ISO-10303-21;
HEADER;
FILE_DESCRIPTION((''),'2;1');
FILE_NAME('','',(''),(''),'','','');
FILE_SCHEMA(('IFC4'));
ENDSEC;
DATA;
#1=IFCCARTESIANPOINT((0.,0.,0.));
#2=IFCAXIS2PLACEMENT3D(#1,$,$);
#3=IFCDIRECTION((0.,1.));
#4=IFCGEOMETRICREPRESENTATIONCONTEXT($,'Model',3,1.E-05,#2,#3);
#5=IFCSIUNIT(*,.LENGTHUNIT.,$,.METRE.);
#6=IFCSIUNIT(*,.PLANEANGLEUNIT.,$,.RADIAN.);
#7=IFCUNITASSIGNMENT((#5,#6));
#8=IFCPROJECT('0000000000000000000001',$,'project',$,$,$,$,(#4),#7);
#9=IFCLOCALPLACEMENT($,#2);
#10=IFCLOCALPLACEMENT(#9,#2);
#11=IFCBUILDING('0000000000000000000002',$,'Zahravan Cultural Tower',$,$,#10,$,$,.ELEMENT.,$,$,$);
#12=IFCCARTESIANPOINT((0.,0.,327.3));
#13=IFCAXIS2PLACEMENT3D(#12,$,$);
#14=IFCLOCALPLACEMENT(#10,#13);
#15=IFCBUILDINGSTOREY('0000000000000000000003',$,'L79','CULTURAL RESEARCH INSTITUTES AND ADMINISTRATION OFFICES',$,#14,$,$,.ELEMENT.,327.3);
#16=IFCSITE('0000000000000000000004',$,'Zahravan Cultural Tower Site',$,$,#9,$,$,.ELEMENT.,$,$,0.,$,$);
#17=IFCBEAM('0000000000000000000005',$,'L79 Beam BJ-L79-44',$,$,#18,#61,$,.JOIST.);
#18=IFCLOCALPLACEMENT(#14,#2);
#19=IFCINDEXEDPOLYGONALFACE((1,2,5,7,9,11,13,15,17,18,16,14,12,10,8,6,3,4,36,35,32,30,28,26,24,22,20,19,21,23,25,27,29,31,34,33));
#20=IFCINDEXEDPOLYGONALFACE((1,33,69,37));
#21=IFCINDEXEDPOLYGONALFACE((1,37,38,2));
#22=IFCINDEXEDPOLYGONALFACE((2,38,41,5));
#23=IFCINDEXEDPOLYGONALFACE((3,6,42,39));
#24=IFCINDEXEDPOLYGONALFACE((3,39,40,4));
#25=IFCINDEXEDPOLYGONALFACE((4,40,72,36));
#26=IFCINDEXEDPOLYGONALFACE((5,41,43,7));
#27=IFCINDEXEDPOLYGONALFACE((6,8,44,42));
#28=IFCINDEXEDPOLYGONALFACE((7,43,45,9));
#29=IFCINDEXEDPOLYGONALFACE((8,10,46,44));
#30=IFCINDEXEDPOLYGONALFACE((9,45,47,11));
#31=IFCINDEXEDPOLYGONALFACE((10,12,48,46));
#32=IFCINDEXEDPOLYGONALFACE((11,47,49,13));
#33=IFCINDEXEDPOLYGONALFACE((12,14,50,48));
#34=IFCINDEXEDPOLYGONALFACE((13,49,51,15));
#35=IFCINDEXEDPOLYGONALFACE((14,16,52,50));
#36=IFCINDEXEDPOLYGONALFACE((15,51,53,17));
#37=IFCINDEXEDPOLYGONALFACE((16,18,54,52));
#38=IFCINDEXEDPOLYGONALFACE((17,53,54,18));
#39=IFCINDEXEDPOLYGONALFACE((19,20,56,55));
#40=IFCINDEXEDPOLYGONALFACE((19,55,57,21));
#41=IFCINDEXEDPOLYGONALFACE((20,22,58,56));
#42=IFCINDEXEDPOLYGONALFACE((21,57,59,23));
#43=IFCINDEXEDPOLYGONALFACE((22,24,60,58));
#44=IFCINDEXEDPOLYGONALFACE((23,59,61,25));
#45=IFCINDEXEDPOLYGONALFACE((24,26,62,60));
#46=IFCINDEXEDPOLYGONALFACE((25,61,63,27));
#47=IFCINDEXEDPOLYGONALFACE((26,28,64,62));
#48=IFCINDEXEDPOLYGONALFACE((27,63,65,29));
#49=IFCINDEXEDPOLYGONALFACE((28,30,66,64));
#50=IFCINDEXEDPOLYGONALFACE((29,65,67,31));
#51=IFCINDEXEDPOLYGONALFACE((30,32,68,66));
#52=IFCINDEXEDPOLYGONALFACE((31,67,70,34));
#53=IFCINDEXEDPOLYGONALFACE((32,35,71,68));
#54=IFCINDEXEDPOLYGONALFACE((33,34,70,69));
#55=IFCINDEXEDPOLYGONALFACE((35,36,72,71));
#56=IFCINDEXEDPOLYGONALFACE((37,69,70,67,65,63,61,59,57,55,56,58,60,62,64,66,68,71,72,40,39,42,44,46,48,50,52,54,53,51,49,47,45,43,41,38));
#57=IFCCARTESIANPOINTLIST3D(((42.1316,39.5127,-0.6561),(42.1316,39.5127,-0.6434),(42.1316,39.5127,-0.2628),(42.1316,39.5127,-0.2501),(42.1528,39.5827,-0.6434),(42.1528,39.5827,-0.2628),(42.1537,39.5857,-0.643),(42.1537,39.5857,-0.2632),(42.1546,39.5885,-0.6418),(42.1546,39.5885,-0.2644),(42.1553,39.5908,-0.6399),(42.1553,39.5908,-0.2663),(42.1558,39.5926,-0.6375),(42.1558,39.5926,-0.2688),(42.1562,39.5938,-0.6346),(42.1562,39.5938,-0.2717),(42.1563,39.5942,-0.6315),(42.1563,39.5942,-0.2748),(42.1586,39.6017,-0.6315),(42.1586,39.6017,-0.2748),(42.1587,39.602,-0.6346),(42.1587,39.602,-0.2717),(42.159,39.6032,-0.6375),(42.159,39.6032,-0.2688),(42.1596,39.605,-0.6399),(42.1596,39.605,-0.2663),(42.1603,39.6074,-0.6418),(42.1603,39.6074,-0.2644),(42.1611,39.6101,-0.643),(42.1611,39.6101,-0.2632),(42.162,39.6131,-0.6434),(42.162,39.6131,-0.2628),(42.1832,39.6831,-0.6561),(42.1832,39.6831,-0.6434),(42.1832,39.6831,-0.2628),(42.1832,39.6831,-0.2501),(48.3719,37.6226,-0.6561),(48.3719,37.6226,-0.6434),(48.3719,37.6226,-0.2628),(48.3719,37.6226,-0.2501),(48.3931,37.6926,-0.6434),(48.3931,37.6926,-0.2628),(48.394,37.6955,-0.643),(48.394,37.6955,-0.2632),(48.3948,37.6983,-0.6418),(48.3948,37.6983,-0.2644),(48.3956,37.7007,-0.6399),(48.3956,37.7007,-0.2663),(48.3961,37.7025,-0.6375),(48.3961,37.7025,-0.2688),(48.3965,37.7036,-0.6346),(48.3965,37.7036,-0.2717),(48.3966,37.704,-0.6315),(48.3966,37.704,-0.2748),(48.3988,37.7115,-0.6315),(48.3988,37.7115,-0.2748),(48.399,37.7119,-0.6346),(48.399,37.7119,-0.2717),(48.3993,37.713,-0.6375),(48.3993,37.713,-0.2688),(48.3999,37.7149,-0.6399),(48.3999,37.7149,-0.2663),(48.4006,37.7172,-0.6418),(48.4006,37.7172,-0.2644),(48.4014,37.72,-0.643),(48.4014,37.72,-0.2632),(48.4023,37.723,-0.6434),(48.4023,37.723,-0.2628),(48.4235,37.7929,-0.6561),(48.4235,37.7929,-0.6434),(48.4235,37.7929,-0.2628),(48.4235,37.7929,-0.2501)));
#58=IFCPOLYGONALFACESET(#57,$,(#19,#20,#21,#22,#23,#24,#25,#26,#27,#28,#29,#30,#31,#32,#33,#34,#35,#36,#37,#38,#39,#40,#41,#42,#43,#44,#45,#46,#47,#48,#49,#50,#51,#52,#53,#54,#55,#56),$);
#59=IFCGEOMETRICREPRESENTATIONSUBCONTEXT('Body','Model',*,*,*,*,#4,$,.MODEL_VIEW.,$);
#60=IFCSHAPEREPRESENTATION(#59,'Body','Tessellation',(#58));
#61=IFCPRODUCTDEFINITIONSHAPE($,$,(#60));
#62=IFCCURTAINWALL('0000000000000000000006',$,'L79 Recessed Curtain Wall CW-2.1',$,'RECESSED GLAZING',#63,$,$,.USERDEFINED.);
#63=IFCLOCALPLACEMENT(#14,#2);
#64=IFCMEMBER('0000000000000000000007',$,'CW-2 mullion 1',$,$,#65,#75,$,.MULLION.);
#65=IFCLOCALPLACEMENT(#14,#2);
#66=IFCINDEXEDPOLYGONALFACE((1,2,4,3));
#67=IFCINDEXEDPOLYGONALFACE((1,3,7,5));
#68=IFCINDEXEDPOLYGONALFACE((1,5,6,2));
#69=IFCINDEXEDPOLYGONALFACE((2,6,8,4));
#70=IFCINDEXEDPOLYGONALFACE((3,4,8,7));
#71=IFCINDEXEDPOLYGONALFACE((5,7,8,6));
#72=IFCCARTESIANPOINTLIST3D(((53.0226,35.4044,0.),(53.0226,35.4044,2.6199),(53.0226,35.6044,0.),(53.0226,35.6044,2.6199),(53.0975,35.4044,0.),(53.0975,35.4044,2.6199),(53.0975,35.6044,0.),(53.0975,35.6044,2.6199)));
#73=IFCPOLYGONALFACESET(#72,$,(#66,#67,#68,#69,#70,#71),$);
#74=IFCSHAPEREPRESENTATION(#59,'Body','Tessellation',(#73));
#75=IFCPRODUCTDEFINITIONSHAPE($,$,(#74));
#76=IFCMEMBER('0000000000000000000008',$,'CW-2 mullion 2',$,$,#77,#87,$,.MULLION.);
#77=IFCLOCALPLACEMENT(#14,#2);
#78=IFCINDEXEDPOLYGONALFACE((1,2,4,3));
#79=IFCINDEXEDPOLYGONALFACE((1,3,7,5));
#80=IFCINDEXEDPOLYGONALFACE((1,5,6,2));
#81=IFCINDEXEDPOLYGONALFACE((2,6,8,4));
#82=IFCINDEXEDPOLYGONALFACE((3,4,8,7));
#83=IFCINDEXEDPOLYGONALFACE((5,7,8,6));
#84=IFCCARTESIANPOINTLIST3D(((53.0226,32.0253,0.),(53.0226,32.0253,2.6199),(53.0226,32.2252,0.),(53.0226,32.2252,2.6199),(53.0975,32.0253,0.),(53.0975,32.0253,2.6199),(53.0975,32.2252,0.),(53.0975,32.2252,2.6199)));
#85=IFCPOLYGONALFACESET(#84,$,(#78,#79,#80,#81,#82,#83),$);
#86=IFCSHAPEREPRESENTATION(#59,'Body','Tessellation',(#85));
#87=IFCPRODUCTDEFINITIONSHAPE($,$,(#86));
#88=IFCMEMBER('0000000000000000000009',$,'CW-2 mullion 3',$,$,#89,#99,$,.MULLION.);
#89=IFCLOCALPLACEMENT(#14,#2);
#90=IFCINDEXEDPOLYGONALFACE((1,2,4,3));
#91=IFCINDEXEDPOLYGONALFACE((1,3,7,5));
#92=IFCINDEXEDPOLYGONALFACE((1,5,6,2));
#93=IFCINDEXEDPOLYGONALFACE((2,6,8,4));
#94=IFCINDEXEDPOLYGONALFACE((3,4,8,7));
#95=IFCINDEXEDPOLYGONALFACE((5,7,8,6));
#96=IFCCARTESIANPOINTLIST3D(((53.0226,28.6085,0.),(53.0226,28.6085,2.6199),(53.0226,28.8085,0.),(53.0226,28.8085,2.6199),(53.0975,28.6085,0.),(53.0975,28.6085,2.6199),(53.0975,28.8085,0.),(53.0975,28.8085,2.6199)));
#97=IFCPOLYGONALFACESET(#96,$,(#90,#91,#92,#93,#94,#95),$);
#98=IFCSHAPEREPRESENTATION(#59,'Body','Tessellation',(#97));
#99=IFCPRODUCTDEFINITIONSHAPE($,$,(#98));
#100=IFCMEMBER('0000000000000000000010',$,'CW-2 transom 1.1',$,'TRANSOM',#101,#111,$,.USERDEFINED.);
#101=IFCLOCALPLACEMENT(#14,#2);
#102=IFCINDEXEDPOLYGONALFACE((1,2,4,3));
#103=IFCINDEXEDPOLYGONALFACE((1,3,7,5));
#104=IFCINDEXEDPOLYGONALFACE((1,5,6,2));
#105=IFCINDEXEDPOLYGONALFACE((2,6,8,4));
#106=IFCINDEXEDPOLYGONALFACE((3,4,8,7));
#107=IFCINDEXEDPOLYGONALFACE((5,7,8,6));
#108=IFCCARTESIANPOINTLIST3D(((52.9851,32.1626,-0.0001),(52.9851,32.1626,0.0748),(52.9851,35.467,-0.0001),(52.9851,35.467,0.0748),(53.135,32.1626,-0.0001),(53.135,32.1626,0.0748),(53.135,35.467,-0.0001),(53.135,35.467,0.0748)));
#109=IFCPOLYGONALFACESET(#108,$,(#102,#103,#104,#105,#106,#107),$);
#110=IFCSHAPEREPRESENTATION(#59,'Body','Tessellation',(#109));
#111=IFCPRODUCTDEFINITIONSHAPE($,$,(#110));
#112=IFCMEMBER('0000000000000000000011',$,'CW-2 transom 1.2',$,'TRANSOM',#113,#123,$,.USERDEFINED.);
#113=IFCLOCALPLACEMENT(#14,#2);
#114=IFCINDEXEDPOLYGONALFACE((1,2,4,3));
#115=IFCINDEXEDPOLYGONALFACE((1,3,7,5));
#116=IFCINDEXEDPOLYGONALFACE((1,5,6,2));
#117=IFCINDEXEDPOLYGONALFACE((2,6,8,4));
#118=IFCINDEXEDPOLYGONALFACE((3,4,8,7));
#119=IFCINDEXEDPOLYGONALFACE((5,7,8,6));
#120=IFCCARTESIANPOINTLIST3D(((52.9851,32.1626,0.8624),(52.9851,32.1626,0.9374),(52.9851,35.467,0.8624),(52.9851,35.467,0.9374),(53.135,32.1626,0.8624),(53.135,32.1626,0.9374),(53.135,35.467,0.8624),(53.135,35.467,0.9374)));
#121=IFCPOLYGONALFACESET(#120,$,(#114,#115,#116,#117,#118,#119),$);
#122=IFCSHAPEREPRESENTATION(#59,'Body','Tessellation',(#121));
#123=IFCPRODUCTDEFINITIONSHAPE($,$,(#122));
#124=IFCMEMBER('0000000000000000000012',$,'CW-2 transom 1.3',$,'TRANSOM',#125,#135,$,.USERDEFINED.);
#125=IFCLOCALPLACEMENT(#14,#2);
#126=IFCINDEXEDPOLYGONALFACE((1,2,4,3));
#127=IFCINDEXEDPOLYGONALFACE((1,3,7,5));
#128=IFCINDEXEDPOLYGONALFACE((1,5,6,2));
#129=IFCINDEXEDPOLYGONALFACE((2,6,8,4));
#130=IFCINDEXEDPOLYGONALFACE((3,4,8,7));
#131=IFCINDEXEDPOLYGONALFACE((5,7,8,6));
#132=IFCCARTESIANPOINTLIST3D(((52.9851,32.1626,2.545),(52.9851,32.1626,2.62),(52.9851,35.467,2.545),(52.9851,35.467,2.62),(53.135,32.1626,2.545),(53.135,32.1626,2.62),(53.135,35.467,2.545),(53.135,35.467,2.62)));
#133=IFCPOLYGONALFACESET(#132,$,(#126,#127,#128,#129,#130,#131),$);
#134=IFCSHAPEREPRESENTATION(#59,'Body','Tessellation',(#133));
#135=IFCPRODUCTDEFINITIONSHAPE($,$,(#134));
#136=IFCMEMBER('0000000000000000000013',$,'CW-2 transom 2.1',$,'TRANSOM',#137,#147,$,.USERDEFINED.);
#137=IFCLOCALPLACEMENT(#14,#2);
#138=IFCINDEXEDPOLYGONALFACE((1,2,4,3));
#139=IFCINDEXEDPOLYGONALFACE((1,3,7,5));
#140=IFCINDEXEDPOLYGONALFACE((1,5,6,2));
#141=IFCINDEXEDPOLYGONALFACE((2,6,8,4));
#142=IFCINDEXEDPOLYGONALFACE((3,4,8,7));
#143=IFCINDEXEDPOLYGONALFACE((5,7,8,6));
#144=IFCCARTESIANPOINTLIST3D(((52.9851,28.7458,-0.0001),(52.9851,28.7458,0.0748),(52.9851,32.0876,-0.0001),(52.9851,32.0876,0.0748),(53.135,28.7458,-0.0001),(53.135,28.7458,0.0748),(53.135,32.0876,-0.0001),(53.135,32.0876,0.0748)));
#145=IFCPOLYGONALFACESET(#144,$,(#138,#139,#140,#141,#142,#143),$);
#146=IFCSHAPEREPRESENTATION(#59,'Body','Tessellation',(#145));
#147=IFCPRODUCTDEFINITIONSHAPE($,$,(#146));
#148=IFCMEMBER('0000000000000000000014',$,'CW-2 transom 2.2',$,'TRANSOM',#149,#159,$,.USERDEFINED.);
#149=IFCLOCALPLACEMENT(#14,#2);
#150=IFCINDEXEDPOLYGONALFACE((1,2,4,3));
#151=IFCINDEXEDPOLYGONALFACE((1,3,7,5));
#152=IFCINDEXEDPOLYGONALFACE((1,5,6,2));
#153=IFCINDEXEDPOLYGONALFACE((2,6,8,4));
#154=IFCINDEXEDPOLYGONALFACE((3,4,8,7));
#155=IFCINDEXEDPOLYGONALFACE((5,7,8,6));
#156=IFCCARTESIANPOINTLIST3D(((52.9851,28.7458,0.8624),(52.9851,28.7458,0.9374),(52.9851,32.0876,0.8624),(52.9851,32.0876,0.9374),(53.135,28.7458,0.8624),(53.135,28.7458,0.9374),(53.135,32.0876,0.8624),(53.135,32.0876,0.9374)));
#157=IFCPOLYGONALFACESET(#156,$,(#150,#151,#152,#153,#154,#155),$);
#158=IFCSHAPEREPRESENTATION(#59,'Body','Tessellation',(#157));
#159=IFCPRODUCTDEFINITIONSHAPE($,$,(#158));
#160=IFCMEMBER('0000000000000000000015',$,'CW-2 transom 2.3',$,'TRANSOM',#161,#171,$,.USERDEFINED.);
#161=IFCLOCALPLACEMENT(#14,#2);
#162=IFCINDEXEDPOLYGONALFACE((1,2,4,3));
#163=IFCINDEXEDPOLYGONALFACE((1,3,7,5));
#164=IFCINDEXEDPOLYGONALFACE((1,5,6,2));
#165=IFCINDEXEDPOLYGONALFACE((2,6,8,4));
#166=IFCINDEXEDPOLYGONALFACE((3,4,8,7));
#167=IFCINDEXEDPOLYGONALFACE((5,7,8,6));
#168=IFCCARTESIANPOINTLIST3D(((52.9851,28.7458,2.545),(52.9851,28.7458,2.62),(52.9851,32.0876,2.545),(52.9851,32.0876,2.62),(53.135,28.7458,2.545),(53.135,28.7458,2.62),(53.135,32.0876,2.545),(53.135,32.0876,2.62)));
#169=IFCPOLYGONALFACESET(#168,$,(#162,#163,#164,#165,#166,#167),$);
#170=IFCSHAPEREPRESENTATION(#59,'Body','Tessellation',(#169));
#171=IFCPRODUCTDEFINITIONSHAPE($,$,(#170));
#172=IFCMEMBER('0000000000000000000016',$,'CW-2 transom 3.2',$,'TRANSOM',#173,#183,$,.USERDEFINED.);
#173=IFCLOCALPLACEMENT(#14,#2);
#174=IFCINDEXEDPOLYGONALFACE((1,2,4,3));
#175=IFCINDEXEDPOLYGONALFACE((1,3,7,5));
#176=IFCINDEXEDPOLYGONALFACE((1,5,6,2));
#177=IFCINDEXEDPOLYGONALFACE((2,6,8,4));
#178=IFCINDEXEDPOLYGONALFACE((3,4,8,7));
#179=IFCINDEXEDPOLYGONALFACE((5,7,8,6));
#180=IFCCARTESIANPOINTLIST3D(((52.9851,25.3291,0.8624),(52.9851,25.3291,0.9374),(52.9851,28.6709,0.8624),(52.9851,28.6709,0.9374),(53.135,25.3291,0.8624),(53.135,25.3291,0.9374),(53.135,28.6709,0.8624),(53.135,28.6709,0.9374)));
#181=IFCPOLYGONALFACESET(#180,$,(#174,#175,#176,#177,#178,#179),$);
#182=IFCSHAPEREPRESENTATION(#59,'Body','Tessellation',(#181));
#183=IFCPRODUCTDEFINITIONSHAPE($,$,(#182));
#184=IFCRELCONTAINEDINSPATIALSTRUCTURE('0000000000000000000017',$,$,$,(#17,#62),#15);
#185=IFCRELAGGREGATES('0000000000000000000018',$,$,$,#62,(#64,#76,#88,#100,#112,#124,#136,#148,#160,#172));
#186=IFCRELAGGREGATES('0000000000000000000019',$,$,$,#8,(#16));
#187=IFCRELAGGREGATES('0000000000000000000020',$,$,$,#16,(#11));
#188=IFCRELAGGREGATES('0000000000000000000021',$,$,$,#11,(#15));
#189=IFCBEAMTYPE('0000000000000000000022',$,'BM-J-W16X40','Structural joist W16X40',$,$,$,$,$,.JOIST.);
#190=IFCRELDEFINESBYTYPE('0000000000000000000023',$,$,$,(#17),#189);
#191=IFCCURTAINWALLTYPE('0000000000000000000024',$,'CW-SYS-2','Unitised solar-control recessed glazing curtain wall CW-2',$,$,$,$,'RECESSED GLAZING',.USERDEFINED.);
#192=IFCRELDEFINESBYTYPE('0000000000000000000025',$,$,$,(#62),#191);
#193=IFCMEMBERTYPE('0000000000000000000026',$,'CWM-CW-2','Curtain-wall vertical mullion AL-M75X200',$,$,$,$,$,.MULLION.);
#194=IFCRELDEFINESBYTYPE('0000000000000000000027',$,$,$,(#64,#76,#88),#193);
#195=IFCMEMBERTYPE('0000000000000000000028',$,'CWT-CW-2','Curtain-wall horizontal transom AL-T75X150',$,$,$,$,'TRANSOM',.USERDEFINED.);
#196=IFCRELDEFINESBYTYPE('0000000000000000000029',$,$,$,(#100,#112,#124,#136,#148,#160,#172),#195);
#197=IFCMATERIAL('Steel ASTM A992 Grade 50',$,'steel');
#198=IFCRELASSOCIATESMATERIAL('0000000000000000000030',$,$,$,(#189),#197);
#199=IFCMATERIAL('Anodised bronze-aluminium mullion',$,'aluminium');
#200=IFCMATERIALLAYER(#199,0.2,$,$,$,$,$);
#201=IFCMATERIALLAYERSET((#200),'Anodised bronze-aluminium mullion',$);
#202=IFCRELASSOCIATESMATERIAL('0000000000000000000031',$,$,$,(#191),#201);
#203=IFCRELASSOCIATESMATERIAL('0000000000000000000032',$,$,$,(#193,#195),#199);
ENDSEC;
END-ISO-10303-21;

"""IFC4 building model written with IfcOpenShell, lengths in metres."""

from ifc_helpers import new_model, si_unit, direction, frame, origin, origin_2d, place, context, subcontext, project, spatial, rectangle, i_section, extrude, source, transform, mapped, material, layer, layer_set, material_profile, profile_set, type_object, element, aggregate, save


model = new_model("IFC4")

# Units and contexts
model_context = context("Model", 3, precision=1e-05, world=origin(), true_north=direction((0.0, 1.0)))
body_context = subcontext(model_context, "Body", "Model", "MODEL_VIEW")
ifc_project = project(units=[si_unit("LENGTHUNIT", "METRE"), si_unit("PLANEANGLEUNIT", "RADIAN")], contexts=[model_context])

# Site, building, storey
site_placement = place(None, origin())
site = spatial("IfcSite", under=ifc_project, at=site_placement, Name="Zahravan Cultural Tower Site", CompositionType="ELEMENT", RefElevation=0.0)
building_placement = place(site_placement, origin())
building = spatial("IfcBuilding", under=site, at=building_placement, Name="Zahravan Cultural Tower", CompositionType="ELEMENT")
storey_placement = place(building_placement, frame((0.0, 0.0, 327.3)))
storey = spatial("IfcBuildingStorey", under=building, at=storey_placement, Name="L79", Description="CULTURAL RESEARCH INSTITUTES AND ADMINISTRATION OFFICES", CompositionType="ELEMENT", Elevation=327.3)

# Beam
ifc_material_1 = material(Name="Steel ASTM A992 Grade 50", Category="steel")
ifc_material_profile_1 = material_profile(ifc_material_1, i_section(OverallWidth=0.178, OverallDepth=0.406, WebThickness=0.0078, FlangeThickness=0.0127, FilletRadius=0.012, at=origin_2d()), Name="W16X40")
ifc_profile_set_1 = profile_set([ifc_material_profile_1], Name="Steel ASTM A992 Grade 50")
beam_type_1 = type_object("IfcBeamType", Name="BM-J-W16X40", Description="Structural joist W16X40", PredefinedType="JOIST", material=ifc_profile_set_1)
shared_shape_1 = source(origin(), body_context, "Body", "SweptSolid", [
    extrude(i_section(OverallWidth=0.178, OverallDepth=0.406, WebThickness=0.0078, FlangeThickness=0.0127, FilletRadius=0.012, at=origin_2d()), origin(), (0.0, 0.0, 1.0), 6.5203),
])
beam_1_placement = place(storey_placement, frame((48.3977, 37.7078, -0.4531), z_axis=(-0.95706, 0.289889, 0.0), x_axis=(-0.289889, -0.95706, 0.0)))
element("IfcBeam", 1, at=beam_1_placement, inside=storey, type_object=beam_type_1, Name="L79 Beam BJ-L79-44", PredefinedType="JOIST", context=body_context, shape_type="MappedRepresentation", body=[
    mapped(shared_shape_1, transform((0.0, 0.0, 0.0), x_axis=(1.0, 0.0, 0.0), y_axis=(0.0, 1.0, 0.0), z_axis=(0.0, 0.0, 1.0), scale=1.0)),
])

# Curtain wall, members
ifc_material_2 = material(Name="Anodised bronze-aluminium mullion", Category="aluminium")
ifc_layer_1 = layer(ifc_material_2, 0.2)
ifc_layer_set_1 = layer_set([ifc_layer_1], Name="Anodised bronze-aluminium mullion")
curtain_wall_type = type_object("IfcCurtainWallType", Name="CW-SYS-2", Description="Unitised solar-control recessed glazing curtain wall CW-2", ElementType="RECESSED GLAZING", PredefinedType="USERDEFINED", material=ifc_layer_set_1)
curtain_wall_placement = place(storey_placement, origin())
curtain_wall = element("IfcCurtainWall", 2, at=curtain_wall_placement, inside=storey, type_object=curtain_wall_type, Name="L79 Recessed Curtain Wall CW-2.1", ObjectType="RECESSED GLAZING", PredefinedType="USERDEFINED")
ifc_material_profile_2 = material_profile(ifc_material_2, rectangle(XDim=0.075, YDim=0.2, at=origin_2d()), Name="AL-M75X200")
ifc_profile_set_2 = profile_set([ifc_material_profile_2], Name="Anodised bronze-aluminium mullion")
member_type_1 = type_object("IfcMemberType", Name="CWM-CW-2", Description="Curtain-wall vertical mullion AL-M75X200", PredefinedType="MULLION", material=ifc_profile_set_2)
shared_shape_2 = source(origin(), body_context, "Body", "SweptSolid", [
    extrude(rectangle(XDim=0.075, YDim=0.2, at=origin_2d()), origin(), (0.0, 0.0, 1.0), 2.6199),
])
member_1_placement = place(storey_placement, frame((53.0601, 35.5044, 0.0), z_axis=(0.0, 0.0, 1.0), x_axis=(1.0, 0.0, 0.0)))
member_1 = element("IfcMember", 3, at=member_1_placement, type_object=member_type_1, Name="CW-2 mullion 1", PredefinedType="MULLION", context=body_context, shape_type="MappedRepresentation", body=[
    mapped(shared_shape_2, transform((0.0, 0.0, 0.0), x_axis=(1.0, 0.0, 0.0), y_axis=(0.0, 1.0, 0.0), z_axis=(0.0, 0.0, 1.0), scale=1.0)),
])
member_2_placement = place(storey_placement, frame((53.0601, 32.1252, 0.0), z_axis=(0.0, 0.0, 1.0), x_axis=(1.0, 0.0, 0.0)))
member_2 = element("IfcMember", 4, at=member_2_placement, type_object=member_type_1, Name="CW-2 mullion 2", PredefinedType="MULLION", context=body_context, shape_type="MappedRepresentation", body=[
    mapped(shared_shape_2, transform((0.0, 0.0, 0.0), x_axis=(1.0, 0.0, 0.0), y_axis=(0.0, 1.0, 0.0), z_axis=(0.0, 0.0, 1.0), scale=1.0)),
])
member_3_placement = place(storey_placement, frame((53.0601, 28.7085, 0.0), z_axis=(0.0, 0.0, 1.0), x_axis=(1.0, 0.0, 0.0)))
member_3 = element("IfcMember", 5, at=member_3_placement, type_object=member_type_1, Name="CW-2 mullion 3", PredefinedType="MULLION", context=body_context, shape_type="MappedRepresentation", body=[
    mapped(shared_shape_2, transform((0.0, 0.0, 0.0), x_axis=(1.0, 0.0, 0.0), y_axis=(0.0, 1.0, 0.0), z_axis=(0.0, 0.0, 1.0), scale=1.0)),
])
ifc_material_profile_3 = material_profile(ifc_material_2, rectangle(XDim=0.1499, YDim=0.075, at=origin_2d()), Name="AL-T75X150")
ifc_profile_set_3 = profile_set([ifc_material_profile_3], Name="Anodised bronze-aluminium mullion")
member_type_2 = type_object("IfcMemberType", Name="CWT-CW-2", Description="Curtain-wall horizontal transom AL-T75X150", ElementType="TRANSOM", PredefinedType="USERDEFINED", material=ifc_profile_set_3)
shared_shape_3 = source(origin(), body_context, "Body", "SweptSolid", [
    extrude(rectangle(XDim=0.1499, YDim=0.075, at=origin_2d()), origin(), (0.0, 0.0, 1.0), 3.3044),
])
member_4_placement = place(storey_placement, frame((53.0601, 35.467, 0.0374), z_axis=(0.0, -1.0, 0.0), x_axis=(1.0, 0.0, 0.0)))
member_4 = element("IfcMember", 6, at=member_4_placement, type_object=member_type_2, Name="CW-2 transom 1.1", ObjectType="TRANSOM", PredefinedType="USERDEFINED", context=body_context, shape_type="MappedRepresentation", body=[
    mapped(shared_shape_3, transform((0.0, 0.0, 0.0), x_axis=(1.0, 0.0, 0.0), y_axis=(0.0, 1.0, 0.0), z_axis=(0.0, 0.0, 1.0), scale=1.0)),
])
member_5_placement = place(storey_placement, frame((53.0601, 35.467, 0.8999), z_axis=(0.0, -1.0, 0.0), x_axis=(1.0, 0.0, 0.0)))
member_5 = element("IfcMember", 7, at=member_5_placement, type_object=member_type_2, Name="CW-2 transom 1.2", ObjectType="TRANSOM", PredefinedType="USERDEFINED", context=body_context, shape_type="MappedRepresentation", body=[
    mapped(shared_shape_3, transform((0.0, 0.0, 0.0), x_axis=(1.0, 0.0, 0.0), y_axis=(0.0, 1.0, 0.0), z_axis=(0.0, 0.0, 1.0), scale=1.0)),
])
member_6_placement = place(storey_placement, frame((53.0601, 35.467, 2.5825), z_axis=(0.0, -1.0, 0.0), x_axis=(1.0, 0.0, 0.0)))
member_6 = element("IfcMember", 8, at=member_6_placement, type_object=member_type_2, Name="CW-2 transom 1.3", ObjectType="TRANSOM", PredefinedType="USERDEFINED", context=body_context, shape_type="MappedRepresentation", body=[
    mapped(shared_shape_3, transform((0.0, 0.0, 0.0), x_axis=(1.0, 0.0, 0.0), y_axis=(0.0, 1.0, 0.0), z_axis=(0.0, 0.0, 1.0), scale=1.0)),
])
shared_shape_4 = source(origin(), body_context, "Body", "SweptSolid", [
    extrude(rectangle(XDim=0.1499, YDim=0.075, at=origin_2d()), origin(), (0.0, 0.0, 1.0), 3.3418),
])
member_7_placement = place(storey_placement, frame((53.0601, 32.0876, 0.0374), z_axis=(0.0, -1.0, 0.0), x_axis=(1.0, 0.0, 0.0)))
member_7 = element("IfcMember", 9, at=member_7_placement, type_object=member_type_2, Name="CW-2 transom 2.1", ObjectType="TRANSOM", PredefinedType="USERDEFINED", context=body_context, shape_type="MappedRepresentation", body=[
    mapped(shared_shape_4, transform((0.0, 0.0, 0.0), x_axis=(1.0, 0.0, 0.0), y_axis=(0.0, 1.0, 0.0), z_axis=(0.0, 0.0, 1.0), scale=1.0)),
])
member_8_placement = place(storey_placement, frame((53.0601, 32.0876, 0.8999), z_axis=(0.0, -1.0, 0.0), x_axis=(1.0, 0.0, 0.0)))
member_8 = element("IfcMember", 10, at=member_8_placement, type_object=member_type_2, Name="CW-2 transom 2.2", ObjectType="TRANSOM", PredefinedType="USERDEFINED", context=body_context, shape_type="MappedRepresentation", body=[
    mapped(shared_shape_4, transform((0.0, 0.0, 0.0), x_axis=(1.0, 0.0, 0.0), y_axis=(0.0, 1.0, 0.0), z_axis=(0.0, 0.0, 1.0), scale=1.0)),
])
member_9_placement = place(storey_placement, frame((53.0601, 32.0876, 2.5825), z_axis=(0.0, -1.0, 0.0), x_axis=(1.0, 0.0, 0.0)))
member_9 = element("IfcMember", 11, at=member_9_placement, type_object=member_type_2, Name="CW-2 transom 2.3", ObjectType="TRANSOM", PredefinedType="USERDEFINED", context=body_context, shape_type="MappedRepresentation", body=[
    mapped(shared_shape_4, transform((0.0, 0.0, 0.0), x_axis=(1.0, 0.0, 0.0), y_axis=(0.0, 1.0, 0.0), z_axis=(0.0, 0.0, 1.0), scale=1.0)),
])
member_10_placement = place(storey_placement, frame((53.0601, 28.6709, 0.8999), z_axis=(0.0, -1.0, 0.0), x_axis=(1.0, 0.0, 0.0)))
member_10 = element("IfcMember", 12, at=member_10_placement, type_object=member_type_2, Name="CW-2 transom 3.2", ObjectType="TRANSOM", PredefinedType="USERDEFINED", context=body_context, shape_type="MappedRepresentation", body=[
    mapped(shared_shape_4, transform((0.0, 0.0, 0.0), x_axis=(1.0, 0.0, 0.0), y_axis=(0.0, 1.0, 0.0), z_axis=(0.0, 0.0, 1.0), scale=1.0)),
])
aggregate(curtain_wall, [member_1, member_2, member_3, member_4, member_5, member_6, member_7, member_8, member_9, member_10])

save(model, "model.ifc")
